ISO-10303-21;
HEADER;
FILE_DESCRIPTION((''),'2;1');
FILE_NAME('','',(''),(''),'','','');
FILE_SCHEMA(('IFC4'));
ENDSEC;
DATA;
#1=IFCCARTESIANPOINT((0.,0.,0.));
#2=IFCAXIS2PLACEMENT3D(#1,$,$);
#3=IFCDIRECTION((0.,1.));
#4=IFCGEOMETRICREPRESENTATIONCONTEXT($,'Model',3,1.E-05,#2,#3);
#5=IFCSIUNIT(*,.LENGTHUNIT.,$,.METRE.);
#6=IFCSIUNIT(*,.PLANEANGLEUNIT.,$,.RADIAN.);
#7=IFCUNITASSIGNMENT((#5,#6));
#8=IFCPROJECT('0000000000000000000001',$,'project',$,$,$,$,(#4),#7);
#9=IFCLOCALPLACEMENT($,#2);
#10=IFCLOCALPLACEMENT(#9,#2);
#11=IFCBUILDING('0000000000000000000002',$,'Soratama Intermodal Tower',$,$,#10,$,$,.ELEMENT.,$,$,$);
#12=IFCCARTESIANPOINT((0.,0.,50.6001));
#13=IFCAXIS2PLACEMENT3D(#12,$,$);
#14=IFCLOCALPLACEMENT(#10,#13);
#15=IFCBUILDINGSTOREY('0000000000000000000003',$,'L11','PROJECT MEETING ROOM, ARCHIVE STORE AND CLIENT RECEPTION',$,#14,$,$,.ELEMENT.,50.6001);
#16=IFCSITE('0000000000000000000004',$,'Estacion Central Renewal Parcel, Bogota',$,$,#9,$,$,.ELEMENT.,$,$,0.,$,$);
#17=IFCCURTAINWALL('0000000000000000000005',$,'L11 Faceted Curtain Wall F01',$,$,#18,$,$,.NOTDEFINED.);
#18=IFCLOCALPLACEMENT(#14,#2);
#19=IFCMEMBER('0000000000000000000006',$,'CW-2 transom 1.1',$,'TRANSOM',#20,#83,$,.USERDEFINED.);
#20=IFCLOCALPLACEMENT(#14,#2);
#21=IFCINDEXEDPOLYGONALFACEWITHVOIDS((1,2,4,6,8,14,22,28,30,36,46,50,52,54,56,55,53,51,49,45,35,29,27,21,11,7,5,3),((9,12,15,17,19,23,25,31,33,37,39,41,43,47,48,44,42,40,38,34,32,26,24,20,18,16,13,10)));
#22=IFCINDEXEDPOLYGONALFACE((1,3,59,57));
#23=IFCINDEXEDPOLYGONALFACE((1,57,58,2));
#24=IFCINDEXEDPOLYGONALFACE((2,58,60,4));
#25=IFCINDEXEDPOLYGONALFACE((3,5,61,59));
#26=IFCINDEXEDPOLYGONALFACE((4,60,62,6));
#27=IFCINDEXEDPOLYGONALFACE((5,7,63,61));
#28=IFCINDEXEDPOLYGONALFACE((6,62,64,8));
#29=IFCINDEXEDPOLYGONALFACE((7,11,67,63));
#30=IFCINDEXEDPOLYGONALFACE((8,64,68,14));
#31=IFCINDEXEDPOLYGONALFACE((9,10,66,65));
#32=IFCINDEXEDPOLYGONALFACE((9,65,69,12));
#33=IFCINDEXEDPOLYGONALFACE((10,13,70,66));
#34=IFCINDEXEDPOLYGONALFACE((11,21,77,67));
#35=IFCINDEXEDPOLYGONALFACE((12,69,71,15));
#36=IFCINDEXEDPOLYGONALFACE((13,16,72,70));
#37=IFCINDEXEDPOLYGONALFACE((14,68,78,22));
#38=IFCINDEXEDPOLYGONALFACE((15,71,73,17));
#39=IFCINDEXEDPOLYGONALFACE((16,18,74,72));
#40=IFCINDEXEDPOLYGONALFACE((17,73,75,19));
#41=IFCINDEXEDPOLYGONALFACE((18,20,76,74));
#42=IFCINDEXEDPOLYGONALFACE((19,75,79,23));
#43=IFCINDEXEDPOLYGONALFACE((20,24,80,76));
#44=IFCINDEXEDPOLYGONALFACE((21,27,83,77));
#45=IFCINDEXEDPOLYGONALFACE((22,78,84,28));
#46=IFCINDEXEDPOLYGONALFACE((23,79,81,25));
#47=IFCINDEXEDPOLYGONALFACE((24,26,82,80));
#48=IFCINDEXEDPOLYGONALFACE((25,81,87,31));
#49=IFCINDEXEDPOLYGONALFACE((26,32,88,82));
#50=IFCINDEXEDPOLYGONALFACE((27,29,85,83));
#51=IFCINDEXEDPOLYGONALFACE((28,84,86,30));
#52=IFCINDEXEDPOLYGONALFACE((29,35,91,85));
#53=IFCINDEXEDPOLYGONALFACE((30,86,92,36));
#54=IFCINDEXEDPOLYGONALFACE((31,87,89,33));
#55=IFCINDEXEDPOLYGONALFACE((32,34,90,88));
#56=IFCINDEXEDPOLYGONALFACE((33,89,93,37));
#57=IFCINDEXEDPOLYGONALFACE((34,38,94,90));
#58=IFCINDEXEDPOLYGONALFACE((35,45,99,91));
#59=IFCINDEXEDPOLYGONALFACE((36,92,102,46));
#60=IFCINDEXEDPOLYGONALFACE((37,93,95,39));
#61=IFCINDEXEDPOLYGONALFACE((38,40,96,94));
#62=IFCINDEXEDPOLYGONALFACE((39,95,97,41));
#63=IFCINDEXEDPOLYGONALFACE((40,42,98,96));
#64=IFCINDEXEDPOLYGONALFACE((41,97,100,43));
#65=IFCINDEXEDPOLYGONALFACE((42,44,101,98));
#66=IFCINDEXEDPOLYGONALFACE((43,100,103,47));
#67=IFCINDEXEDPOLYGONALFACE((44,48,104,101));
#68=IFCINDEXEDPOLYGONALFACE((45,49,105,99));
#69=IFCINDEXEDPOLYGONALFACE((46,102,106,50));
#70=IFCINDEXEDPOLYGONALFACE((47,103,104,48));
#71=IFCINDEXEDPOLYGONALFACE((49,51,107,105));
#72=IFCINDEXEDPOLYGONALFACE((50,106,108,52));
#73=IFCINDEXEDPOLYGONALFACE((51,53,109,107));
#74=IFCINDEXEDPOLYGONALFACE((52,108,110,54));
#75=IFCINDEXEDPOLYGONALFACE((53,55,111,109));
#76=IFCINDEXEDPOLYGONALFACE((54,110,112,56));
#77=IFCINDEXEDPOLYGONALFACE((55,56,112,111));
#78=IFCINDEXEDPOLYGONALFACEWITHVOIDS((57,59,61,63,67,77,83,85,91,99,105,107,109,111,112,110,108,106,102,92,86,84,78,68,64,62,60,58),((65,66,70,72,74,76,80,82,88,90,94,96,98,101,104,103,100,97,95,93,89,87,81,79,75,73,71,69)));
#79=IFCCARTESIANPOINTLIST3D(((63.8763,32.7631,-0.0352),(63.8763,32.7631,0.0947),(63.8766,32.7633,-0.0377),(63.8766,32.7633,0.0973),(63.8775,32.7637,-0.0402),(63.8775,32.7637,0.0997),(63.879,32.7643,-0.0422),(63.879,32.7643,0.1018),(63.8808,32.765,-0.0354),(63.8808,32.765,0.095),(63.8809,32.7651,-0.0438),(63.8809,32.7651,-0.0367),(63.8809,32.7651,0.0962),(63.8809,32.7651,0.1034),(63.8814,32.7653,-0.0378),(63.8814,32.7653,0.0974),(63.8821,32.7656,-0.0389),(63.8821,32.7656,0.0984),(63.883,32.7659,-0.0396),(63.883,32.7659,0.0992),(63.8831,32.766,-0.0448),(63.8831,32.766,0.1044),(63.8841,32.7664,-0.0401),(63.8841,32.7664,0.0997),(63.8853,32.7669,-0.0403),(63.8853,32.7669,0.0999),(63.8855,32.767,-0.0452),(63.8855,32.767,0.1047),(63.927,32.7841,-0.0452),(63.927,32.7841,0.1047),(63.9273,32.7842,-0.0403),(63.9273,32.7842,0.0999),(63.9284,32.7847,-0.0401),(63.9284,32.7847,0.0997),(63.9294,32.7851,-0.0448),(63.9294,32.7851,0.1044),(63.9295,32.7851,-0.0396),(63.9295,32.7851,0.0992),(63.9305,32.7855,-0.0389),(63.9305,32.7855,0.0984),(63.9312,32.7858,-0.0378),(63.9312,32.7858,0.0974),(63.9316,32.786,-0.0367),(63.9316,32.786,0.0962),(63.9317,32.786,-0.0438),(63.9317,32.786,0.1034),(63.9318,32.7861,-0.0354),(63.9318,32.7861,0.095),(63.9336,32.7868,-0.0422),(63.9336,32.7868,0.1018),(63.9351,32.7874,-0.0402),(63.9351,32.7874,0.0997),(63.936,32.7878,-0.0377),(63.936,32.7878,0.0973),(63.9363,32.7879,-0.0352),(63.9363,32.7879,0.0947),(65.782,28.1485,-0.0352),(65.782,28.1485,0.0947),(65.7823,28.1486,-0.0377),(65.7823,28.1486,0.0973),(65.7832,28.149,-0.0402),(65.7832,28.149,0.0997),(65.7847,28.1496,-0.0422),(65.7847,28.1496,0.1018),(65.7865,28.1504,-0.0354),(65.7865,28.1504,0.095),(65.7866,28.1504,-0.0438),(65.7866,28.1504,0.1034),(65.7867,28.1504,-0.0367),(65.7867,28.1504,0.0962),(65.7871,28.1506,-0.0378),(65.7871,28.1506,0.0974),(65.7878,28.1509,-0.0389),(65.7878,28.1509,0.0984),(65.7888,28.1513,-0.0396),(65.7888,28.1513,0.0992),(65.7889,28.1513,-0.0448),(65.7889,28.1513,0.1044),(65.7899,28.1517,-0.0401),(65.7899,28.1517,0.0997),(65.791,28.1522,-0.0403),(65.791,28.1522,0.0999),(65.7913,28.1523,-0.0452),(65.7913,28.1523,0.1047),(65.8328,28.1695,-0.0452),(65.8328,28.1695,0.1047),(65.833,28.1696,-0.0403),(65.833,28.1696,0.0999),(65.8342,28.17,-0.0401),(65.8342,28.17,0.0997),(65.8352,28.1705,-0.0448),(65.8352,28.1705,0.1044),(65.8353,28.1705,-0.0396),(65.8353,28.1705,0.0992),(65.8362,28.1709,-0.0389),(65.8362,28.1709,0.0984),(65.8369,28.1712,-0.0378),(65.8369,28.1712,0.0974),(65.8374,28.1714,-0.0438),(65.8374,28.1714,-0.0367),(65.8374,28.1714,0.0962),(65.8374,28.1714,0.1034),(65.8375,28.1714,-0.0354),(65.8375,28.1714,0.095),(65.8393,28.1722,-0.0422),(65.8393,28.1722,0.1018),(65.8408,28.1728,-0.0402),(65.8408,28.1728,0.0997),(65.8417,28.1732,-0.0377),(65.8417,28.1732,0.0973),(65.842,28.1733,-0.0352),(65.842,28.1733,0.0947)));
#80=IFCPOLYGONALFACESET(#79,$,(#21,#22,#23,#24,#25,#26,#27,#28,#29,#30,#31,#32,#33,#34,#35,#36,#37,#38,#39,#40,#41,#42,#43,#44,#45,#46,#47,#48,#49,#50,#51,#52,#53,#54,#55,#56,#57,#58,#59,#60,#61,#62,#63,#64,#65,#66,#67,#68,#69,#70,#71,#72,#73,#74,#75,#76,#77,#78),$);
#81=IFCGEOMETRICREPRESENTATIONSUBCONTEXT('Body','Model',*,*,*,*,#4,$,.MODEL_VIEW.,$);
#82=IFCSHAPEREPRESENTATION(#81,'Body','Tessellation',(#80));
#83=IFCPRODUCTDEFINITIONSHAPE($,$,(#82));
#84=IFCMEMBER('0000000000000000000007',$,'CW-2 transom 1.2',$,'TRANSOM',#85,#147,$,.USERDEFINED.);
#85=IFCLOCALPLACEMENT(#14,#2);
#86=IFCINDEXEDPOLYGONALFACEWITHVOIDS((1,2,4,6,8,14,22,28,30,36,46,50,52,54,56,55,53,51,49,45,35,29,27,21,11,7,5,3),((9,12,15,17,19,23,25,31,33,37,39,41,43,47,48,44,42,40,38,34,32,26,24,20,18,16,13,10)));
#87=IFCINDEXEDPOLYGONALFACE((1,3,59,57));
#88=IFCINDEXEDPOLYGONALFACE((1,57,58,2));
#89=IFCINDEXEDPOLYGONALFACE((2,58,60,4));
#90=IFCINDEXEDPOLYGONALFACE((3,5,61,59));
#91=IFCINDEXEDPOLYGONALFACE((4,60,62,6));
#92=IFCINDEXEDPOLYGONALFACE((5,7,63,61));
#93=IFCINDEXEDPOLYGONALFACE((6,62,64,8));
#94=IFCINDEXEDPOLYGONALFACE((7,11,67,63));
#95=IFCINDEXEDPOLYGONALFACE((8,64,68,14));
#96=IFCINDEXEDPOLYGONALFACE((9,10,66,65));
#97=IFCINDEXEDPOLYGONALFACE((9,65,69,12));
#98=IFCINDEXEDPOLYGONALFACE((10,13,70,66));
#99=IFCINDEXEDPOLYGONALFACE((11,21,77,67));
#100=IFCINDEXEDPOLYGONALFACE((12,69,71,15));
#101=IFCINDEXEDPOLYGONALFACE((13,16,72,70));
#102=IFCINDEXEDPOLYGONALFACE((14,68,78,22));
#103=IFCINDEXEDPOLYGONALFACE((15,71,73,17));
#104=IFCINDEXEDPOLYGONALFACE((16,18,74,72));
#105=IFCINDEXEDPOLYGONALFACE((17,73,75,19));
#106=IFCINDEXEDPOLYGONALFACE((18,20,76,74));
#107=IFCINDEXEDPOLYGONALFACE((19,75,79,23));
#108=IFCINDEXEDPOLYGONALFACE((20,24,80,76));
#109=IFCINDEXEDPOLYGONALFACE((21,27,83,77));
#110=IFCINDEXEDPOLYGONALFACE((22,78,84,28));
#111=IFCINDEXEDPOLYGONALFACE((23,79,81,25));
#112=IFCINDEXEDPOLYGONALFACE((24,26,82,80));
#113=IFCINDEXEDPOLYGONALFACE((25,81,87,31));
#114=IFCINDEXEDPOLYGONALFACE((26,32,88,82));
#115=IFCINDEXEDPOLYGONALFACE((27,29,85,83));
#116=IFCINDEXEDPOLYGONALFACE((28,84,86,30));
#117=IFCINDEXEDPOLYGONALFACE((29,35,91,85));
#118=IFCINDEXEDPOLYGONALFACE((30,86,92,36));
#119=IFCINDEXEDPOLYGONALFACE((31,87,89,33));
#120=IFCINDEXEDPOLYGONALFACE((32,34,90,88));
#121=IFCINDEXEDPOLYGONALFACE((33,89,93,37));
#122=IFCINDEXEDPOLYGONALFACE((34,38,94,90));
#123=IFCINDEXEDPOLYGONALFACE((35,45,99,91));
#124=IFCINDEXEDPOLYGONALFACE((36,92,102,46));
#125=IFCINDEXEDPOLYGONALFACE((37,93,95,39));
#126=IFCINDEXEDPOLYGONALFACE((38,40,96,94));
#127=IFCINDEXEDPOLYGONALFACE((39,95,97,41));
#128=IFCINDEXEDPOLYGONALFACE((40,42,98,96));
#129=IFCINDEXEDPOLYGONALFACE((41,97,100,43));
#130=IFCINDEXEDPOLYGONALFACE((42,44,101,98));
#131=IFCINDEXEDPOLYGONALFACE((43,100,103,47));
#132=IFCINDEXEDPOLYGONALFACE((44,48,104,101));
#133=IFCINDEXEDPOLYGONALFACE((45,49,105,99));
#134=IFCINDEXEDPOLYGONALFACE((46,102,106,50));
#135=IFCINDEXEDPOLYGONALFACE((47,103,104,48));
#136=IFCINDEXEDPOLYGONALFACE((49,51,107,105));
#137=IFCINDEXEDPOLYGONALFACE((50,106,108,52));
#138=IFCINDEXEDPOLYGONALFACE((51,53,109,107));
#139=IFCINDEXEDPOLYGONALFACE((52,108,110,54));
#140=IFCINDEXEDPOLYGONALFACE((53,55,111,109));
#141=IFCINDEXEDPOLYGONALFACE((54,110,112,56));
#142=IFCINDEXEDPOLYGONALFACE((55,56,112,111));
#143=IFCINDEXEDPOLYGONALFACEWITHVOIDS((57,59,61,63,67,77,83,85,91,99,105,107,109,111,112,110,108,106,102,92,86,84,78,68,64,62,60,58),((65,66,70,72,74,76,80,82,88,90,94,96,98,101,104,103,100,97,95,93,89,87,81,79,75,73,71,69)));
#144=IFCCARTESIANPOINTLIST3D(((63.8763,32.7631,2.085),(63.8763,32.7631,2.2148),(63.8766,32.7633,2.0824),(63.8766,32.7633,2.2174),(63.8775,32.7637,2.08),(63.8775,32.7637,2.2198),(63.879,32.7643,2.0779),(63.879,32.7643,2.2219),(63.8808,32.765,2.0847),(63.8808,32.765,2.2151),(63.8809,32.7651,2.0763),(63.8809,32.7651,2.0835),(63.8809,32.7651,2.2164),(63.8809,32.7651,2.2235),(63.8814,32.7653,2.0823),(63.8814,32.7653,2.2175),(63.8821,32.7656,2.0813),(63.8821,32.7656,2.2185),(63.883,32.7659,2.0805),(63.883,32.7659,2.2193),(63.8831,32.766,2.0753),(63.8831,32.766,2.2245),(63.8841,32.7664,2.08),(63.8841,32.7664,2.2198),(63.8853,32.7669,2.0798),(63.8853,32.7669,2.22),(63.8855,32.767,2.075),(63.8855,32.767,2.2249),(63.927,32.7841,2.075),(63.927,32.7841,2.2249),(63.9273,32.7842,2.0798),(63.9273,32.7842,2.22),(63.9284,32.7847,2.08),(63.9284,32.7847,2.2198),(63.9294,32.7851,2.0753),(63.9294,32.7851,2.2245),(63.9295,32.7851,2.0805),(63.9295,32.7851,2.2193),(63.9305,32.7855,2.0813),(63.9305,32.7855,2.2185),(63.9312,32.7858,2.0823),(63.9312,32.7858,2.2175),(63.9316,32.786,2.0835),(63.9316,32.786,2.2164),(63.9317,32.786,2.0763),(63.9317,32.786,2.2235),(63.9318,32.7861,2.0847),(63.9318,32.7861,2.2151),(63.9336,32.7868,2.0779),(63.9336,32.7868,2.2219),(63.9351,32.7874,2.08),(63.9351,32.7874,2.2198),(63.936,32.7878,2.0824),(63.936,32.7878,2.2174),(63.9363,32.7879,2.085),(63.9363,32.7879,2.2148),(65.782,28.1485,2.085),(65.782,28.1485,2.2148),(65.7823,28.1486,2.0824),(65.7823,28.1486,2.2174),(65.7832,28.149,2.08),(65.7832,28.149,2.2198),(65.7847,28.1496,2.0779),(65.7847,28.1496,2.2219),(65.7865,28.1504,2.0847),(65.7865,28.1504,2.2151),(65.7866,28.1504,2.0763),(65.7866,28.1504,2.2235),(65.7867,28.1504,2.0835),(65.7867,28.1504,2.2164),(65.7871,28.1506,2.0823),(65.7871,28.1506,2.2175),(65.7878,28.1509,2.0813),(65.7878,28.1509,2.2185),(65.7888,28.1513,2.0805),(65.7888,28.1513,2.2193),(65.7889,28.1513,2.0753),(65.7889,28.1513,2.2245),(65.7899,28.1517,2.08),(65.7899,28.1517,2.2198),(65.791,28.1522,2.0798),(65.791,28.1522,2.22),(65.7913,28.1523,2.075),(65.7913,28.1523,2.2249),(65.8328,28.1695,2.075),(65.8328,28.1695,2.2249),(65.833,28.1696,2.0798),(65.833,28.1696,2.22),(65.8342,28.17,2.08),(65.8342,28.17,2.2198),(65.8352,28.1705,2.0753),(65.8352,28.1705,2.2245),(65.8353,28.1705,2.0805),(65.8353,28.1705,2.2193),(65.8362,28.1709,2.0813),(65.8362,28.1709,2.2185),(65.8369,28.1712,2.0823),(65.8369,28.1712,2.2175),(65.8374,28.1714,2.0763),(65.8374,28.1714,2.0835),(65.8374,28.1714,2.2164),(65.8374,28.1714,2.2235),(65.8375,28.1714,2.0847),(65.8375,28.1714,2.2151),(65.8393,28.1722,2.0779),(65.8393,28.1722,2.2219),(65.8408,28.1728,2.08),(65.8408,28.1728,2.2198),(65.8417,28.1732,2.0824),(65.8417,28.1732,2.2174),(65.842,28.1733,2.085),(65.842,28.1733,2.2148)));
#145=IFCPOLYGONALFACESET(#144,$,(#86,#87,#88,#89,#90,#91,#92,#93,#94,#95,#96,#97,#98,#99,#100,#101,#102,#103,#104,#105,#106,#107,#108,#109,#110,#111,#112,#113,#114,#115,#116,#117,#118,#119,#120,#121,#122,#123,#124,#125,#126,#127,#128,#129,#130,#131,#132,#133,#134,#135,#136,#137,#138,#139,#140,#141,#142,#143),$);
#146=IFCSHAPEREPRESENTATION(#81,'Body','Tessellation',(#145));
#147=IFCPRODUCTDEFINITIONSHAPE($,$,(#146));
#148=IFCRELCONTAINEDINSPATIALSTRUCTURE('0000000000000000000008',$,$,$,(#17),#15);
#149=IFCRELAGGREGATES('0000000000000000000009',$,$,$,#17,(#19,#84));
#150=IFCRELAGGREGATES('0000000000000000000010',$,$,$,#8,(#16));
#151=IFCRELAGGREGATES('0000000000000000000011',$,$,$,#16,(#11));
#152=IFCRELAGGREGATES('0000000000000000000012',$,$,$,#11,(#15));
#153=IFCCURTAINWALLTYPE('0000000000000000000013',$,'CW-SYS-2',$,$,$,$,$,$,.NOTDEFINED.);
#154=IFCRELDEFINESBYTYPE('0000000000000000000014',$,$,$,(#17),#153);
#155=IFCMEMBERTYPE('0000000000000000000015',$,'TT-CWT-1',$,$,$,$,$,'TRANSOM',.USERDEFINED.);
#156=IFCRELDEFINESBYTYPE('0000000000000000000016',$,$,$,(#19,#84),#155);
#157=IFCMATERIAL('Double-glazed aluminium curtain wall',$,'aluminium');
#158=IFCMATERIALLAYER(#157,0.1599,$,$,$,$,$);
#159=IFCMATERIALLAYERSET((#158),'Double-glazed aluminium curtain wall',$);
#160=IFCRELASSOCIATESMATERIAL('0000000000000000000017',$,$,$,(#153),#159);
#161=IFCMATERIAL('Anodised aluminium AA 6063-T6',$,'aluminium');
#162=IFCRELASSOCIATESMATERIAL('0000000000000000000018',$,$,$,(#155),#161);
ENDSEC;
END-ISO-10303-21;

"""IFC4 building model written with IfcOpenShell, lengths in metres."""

from ifc_helpers import new_model, si_unit, direction, frame, origin, origin_2d, place, context, subcontext, project, spatial, hollow_rectangle, extrude, material, layer, layer_set, material_profile, profile_set, type_object, element, aggregate, save


model = new_model("IFC4")

# Units and contexts
model_context = context("Model", 3, precision=1e-05, world=origin(), true_north=direction((0.0, 1.0)))
body_context = subcontext(model_context, "Body", "Model", "MODEL_VIEW")
ifc_project = project(units=[si_unit("LENGTHUNIT", "METRE"), si_unit("PLANEANGLEUNIT", "RADIAN")], contexts=[model_context])

# Site, building, storey
site_placement = place(None, origin())
site = spatial("IfcSite", under=ifc_project, at=site_placement, Name="Estacion Central Renewal Parcel, Bogota", CompositionType="ELEMENT", RefElevation=0.0)
building_placement = place(site_placement, origin())
building = spatial("IfcBuilding", under=site, at=building_placement, Name="Soratama Intermodal Tower", CompositionType="ELEMENT")
storey_placement = place(building_placement, frame((0.0, 0.0, 50.6001)))
storey = spatial("IfcBuildingStorey", under=building, at=storey_placement, Name="L11", Description="PROJECT MEETING ROOM, ARCHIVE STORE AND CLIENT RECEPTION", CompositionType="ELEMENT", Elevation=50.6001)

# Curtain wall, members
ifc_material_1 = material(Name="Double-glazed aluminium curtain wall", Category="aluminium")
ifc_layer_1 = layer(ifc_material_1, 0.1599)
ifc_layer_set_1 = layer_set([ifc_layer_1], Name="Double-glazed aluminium curtain wall")
curtain_wall_type = type_object("IfcCurtainWallType", Name="CW-SYS-2", PredefinedType="NOTDEFINED", material=ifc_layer_set_1)
curtain_wall_placement = place(storey_placement, origin())
curtain_wall = element("IfcCurtainWall", 1, at=curtain_wall_placement, inside=storey, type_object=curtain_wall_type, Name="L11 Faceted Curtain Wall F01", PredefinedType="NOTDEFINED")
ifc_material_2 = material(Name="Anodised aluminium AA 6063-T6", Category="aluminium")
ifc_material_profile_1 = material_profile(ifc_material_2, hollow_rectangle(XDim=0.0649, YDim=0.1499, WallThickness=0.0049, InnerFilletRadius=0.0049, OuterFilletRadius=0.01, at=origin_2d()), Name="CWT150X65X5")
ifc_profile_set_1 = profile_set([ifc_material_profile_1], Name="Anodised aluminium AA 6063-T6")
member_type_1 = type_object("IfcMemberType", Name="TT-CWT-1", ElementType="TRANSOM", PredefinedType="USERDEFINED", material=ifc_profile_set_1)
member_1_placement = place(storey_placement, frame((65.812, 28.1609, 0.0298), z_axis=(-0.381704, 0.924285, 0.0), x_axis=(-0.924285, -0.381704, 0.0)))
member_1 = element("IfcMember", 2, at=member_1_placement, type_object=member_type_1, Name="CW-2 transom 1.1", ObjectType="TRANSOM", PredefinedType="USERDEFINED", context=body_context, shape_type="SweptSolid", body=[
    extrude(hollow_rectangle(XDim=0.0649, YDim=0.1499, WallThickness=0.0049, InnerFilletRadius=0.0049, OuterFilletRadius=0.01, at=origin_2d()), origin(), (0.0, 0.0, 1.0), 4.9927),
])
member_2_placement = place(storey_placement, frame((65.812, 28.1609, 2.1499), z_axis=(-0.381704, 0.924285, 0.0), x_axis=(-0.924285, -0.381704, 0.0)))
member_2 = element("IfcMember", 3, at=member_2_placement, type_object=member_type_1, Name="CW-2 transom 1.2", ObjectType="TRANSOM", PredefinedType="USERDEFINED", context=body_context, shape_type="SweptSolid", body=[
    extrude(hollow_rectangle(XDim=0.0649, YDim=0.1499, WallThickness=0.0049, InnerFilletRadius=0.0049, OuterFilletRadius=0.01, at=origin_2d()), origin(), (0.0, 0.0, 1.0), 4.9927),
])
aggregate(curtain_wall, [member_1, member_2])

save(model, "model.ifc")
